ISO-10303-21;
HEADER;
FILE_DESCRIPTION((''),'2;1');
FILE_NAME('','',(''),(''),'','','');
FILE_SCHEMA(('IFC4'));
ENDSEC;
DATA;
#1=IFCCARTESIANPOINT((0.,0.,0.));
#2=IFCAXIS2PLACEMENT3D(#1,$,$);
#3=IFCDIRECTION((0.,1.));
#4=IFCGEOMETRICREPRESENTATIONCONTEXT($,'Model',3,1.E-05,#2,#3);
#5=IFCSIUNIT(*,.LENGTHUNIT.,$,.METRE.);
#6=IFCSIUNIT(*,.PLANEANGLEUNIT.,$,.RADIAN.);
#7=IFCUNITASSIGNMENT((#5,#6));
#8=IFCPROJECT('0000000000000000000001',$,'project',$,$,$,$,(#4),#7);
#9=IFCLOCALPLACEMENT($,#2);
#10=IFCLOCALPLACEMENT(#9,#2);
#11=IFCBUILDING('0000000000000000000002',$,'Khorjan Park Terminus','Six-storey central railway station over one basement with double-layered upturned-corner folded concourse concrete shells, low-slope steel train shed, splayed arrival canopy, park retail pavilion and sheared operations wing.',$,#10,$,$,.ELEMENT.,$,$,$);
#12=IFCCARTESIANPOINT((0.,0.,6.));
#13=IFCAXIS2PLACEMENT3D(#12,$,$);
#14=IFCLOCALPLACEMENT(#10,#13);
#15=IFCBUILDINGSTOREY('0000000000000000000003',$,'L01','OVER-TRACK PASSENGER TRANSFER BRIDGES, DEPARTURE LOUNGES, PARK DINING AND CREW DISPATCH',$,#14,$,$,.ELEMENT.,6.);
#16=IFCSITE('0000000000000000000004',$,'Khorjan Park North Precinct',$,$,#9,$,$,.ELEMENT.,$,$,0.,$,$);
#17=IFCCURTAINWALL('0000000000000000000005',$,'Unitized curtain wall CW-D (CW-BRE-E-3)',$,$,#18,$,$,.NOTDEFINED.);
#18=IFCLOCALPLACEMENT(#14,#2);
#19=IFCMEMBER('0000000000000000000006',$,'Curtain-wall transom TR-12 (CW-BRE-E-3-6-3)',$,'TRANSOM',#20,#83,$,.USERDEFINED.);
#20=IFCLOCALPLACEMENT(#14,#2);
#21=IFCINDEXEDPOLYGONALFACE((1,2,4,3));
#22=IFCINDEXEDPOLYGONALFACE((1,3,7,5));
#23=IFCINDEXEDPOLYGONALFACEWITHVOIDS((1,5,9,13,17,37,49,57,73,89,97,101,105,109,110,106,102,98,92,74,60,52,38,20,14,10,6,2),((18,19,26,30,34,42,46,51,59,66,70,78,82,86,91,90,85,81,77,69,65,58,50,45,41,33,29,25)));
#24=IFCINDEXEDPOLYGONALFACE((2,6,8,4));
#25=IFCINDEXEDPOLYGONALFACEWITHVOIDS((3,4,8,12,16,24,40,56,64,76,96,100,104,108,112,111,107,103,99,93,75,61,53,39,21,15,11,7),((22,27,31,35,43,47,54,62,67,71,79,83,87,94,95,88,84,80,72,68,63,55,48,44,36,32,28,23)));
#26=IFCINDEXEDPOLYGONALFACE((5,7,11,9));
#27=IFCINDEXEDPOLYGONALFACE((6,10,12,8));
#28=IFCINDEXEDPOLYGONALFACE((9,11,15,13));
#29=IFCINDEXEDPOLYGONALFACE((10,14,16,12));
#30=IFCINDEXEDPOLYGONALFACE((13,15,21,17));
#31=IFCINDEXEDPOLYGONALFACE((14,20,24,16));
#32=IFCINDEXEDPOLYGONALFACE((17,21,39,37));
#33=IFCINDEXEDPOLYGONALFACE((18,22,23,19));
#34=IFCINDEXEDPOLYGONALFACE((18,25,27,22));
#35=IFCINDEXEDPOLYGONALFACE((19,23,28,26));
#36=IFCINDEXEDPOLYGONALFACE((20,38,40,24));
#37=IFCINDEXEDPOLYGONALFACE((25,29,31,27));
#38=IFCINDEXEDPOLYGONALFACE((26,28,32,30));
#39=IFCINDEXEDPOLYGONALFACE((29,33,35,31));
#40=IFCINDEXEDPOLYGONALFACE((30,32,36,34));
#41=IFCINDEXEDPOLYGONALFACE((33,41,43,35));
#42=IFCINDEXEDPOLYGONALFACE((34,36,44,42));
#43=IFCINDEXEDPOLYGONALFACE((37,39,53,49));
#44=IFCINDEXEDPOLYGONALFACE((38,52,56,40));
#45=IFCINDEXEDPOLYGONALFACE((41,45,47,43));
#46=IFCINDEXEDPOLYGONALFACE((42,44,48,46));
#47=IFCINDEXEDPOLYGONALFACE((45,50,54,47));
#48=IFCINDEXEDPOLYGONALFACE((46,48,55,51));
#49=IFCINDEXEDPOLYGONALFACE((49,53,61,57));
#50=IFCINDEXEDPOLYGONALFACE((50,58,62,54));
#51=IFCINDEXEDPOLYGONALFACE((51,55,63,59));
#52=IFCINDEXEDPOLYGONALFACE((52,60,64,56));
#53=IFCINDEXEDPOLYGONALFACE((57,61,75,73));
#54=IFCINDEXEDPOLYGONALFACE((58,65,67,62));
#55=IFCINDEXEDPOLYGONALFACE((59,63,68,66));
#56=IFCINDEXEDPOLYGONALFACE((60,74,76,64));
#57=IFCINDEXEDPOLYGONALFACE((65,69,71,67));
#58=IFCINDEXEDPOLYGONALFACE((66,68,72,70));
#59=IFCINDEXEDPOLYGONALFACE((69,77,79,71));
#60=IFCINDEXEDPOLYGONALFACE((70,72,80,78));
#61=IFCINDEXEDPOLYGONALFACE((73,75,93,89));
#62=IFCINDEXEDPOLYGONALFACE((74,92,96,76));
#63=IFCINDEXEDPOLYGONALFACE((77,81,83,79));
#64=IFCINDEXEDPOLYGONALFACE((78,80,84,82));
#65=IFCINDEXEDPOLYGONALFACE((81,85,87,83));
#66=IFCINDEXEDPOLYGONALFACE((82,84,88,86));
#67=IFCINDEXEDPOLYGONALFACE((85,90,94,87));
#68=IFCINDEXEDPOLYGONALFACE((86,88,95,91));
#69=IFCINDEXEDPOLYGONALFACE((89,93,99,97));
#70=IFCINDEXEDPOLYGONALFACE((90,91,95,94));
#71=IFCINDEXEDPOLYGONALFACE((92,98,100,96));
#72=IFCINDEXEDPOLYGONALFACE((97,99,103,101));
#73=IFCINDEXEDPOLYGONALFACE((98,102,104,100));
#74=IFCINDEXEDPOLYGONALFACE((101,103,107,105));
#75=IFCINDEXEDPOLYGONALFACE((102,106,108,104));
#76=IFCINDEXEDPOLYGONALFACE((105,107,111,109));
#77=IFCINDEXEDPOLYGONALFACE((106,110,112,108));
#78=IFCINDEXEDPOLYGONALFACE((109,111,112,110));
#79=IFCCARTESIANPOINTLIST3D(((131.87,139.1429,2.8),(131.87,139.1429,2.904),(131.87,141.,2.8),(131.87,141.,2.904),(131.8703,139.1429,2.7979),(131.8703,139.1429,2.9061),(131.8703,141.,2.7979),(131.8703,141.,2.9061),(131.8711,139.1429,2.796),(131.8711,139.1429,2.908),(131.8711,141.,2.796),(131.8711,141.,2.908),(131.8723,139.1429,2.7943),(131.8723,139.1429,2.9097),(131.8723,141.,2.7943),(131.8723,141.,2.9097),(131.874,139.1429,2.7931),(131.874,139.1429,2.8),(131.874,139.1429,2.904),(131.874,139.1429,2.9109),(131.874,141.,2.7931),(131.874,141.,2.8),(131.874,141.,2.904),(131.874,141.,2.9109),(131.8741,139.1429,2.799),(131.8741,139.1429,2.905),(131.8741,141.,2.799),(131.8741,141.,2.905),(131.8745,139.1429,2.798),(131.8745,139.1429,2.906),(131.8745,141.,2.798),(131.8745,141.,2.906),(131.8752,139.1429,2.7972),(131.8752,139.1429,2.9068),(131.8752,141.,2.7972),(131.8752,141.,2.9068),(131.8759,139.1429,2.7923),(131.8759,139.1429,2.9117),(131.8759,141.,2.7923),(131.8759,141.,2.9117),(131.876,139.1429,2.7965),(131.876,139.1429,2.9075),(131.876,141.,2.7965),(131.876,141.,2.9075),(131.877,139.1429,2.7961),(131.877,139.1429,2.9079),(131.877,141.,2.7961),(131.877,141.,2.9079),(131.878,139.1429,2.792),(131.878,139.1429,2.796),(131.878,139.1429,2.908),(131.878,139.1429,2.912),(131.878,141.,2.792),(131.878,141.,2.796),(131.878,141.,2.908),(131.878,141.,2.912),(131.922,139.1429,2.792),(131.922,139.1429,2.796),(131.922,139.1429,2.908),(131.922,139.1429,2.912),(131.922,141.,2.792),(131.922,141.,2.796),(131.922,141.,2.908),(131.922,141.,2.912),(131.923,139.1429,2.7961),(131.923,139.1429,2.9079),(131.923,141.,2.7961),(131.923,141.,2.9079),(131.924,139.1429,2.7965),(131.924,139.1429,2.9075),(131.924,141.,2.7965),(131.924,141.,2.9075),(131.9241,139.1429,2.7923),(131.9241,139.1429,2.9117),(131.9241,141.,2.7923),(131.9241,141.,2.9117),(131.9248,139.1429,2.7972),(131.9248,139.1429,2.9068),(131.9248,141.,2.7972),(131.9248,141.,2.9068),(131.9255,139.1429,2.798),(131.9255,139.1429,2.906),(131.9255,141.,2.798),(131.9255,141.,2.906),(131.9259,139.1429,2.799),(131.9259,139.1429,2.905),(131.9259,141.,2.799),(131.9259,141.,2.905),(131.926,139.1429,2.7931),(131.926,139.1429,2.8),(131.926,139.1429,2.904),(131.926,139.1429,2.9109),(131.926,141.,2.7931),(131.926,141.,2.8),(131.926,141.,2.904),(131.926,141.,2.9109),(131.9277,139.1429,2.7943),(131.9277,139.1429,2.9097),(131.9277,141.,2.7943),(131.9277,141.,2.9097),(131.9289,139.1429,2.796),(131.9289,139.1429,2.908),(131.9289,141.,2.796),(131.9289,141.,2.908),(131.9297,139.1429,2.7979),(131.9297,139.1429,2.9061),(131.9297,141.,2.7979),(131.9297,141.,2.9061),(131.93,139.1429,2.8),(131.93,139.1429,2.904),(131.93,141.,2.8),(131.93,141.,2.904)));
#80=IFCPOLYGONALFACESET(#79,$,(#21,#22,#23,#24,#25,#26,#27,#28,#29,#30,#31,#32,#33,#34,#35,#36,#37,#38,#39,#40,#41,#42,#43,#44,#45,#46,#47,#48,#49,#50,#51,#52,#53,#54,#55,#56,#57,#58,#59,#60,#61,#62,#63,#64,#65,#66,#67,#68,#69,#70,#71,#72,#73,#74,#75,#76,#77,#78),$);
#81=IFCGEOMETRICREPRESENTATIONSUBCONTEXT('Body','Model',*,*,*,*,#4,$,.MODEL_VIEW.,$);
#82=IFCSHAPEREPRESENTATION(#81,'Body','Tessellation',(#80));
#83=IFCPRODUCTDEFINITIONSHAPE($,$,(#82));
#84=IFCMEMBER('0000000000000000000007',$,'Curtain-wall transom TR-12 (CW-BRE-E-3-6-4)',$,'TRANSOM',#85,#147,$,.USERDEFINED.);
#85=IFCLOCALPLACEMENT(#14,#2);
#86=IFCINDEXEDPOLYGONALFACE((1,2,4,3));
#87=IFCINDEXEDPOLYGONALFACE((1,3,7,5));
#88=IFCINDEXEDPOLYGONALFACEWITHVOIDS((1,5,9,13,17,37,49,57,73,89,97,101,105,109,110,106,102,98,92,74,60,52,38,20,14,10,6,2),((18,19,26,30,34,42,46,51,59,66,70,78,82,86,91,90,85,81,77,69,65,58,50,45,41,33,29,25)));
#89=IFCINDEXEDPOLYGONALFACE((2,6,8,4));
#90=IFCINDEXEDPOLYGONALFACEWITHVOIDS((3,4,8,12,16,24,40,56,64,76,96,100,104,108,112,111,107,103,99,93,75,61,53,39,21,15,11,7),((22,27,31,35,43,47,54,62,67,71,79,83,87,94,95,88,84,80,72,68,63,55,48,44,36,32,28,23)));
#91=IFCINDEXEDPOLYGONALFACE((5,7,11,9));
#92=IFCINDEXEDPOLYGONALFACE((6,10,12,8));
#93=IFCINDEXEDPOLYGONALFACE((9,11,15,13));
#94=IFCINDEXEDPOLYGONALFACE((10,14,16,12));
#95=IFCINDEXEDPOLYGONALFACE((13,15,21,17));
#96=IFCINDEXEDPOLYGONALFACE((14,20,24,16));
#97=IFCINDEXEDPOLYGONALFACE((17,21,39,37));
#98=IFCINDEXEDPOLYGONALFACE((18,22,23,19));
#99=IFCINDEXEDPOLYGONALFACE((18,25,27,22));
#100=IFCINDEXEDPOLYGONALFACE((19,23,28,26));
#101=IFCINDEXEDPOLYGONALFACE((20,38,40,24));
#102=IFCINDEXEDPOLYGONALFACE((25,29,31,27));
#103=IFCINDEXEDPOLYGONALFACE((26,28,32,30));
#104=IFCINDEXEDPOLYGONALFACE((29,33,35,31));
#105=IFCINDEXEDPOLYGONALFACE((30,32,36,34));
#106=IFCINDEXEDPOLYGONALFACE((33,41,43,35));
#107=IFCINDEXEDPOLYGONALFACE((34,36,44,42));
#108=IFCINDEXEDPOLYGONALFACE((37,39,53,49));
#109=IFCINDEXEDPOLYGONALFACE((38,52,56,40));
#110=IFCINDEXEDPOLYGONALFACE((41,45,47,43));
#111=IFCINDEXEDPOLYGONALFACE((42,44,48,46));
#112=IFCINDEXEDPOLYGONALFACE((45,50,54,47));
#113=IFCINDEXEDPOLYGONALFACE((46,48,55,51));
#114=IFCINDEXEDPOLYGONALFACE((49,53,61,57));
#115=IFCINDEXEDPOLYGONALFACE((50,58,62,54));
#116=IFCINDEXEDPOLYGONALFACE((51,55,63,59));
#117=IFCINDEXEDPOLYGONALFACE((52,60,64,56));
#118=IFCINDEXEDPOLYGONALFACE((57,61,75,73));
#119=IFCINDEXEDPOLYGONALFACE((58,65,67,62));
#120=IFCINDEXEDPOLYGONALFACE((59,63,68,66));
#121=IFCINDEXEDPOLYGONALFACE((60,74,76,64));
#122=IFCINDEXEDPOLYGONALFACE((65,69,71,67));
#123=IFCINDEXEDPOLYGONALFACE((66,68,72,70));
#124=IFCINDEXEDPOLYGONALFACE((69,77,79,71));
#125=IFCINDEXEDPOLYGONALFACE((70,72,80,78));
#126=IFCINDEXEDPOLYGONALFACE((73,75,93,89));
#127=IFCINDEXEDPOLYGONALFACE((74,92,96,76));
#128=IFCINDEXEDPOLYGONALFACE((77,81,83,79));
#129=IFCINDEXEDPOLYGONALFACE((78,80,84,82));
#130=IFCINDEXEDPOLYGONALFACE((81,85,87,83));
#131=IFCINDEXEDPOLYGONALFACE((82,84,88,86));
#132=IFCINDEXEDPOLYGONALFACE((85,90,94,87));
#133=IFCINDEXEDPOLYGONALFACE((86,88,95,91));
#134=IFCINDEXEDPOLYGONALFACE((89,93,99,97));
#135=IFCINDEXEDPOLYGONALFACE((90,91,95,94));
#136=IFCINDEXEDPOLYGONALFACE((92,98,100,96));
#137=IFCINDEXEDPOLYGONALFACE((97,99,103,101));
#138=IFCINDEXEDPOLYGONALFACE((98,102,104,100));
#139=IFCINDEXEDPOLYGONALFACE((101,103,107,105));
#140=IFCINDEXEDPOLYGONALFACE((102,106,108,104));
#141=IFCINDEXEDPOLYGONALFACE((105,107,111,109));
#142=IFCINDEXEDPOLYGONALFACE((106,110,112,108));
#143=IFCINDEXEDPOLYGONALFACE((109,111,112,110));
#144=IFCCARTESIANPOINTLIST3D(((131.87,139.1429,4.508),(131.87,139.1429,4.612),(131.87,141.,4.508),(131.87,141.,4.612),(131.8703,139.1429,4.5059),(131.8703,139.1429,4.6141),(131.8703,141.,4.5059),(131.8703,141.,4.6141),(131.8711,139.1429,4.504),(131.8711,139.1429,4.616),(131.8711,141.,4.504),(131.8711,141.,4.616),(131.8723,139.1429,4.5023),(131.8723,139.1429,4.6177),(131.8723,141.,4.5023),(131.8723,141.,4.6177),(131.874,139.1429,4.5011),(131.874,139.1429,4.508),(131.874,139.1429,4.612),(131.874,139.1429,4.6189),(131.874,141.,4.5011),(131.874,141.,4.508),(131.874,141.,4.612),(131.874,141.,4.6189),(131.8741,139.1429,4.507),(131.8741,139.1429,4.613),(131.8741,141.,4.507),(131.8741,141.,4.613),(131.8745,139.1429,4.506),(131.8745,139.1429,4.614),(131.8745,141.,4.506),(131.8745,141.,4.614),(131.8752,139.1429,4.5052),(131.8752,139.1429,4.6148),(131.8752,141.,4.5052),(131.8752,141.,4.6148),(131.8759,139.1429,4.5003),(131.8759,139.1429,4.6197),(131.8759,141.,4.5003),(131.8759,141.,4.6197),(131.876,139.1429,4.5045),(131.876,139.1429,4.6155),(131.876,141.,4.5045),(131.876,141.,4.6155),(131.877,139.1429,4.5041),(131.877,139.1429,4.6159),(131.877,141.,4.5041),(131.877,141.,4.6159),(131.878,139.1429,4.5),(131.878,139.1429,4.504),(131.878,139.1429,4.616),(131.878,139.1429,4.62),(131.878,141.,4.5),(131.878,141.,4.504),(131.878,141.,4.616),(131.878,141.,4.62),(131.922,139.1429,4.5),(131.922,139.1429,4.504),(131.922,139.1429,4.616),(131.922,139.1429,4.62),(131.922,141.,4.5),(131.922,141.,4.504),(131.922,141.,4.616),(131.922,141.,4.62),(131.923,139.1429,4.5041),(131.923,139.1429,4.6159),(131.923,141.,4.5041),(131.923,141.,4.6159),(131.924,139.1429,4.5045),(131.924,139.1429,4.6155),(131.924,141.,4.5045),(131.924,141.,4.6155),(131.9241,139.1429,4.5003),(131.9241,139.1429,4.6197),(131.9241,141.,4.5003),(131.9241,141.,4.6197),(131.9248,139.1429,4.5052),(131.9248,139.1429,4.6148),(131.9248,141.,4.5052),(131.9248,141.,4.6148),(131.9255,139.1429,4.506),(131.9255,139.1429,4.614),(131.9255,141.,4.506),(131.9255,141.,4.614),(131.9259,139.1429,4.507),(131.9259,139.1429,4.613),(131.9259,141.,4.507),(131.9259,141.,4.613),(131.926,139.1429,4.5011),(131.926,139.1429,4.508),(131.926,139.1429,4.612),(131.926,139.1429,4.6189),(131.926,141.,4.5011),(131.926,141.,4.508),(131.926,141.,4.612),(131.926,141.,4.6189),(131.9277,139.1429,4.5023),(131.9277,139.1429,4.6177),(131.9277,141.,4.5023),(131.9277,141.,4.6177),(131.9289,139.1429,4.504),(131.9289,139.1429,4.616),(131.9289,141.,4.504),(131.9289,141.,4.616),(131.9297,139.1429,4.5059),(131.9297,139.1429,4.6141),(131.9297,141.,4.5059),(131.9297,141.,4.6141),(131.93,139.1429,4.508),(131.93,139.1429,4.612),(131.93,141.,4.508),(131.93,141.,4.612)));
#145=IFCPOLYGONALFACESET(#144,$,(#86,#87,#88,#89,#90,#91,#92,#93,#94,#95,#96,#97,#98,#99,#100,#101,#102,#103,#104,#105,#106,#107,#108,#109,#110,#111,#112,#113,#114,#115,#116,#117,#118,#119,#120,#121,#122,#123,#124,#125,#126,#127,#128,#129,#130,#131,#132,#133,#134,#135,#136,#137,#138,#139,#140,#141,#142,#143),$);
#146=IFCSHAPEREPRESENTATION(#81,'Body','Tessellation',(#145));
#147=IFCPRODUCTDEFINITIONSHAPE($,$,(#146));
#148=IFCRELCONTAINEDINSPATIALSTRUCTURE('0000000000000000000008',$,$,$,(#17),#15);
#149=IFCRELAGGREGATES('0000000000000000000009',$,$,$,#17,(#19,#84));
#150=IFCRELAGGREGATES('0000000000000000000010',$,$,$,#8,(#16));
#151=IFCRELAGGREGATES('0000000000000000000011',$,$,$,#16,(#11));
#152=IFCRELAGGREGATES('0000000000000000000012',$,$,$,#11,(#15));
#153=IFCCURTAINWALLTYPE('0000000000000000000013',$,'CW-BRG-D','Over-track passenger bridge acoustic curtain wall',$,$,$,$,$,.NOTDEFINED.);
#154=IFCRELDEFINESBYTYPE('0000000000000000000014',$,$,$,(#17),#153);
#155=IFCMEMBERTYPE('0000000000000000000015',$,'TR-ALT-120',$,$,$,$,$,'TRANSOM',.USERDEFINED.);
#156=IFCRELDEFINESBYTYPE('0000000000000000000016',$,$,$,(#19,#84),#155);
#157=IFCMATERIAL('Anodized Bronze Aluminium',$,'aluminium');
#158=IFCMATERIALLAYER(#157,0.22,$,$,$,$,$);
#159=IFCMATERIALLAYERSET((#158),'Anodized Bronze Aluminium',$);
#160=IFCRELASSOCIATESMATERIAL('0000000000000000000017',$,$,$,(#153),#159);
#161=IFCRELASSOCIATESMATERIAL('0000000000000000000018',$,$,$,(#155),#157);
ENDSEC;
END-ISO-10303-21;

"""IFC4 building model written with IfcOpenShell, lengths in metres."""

from ifc_helpers import new_model, si_unit, direction, frame, origin, origin_2d, place, context, subcontext, project, spatial, hollow_rectangle, extrude, material, layer, layer_set, material_profile, profile_set, type_object, element, aggregate, save


model = new_model("IFC4")

# Units and contexts
model_context = context("Model", 3, precision=1e-05, world=origin(), true_north=direction((0.0, 1.0)))
body_context = subcontext(model_context, "Body", "Model", "MODEL_VIEW")
ifc_project = project(units=[si_unit("LENGTHUNIT", "METRE"), si_unit("PLANEANGLEUNIT", "RADIAN")], contexts=[model_context])

# Site, building, storey
site_placement = place(None, origin())
site = spatial("IfcSite", under=ifc_project, at=site_placement, Name="Khorjan Park North Precinct", CompositionType="ELEMENT", RefElevation=0.0)
building_placement = place(site_placement, origin())
building = spatial("IfcBuilding", under=site, at=building_placement, Name="Khorjan Park Terminus", Description="Six-storey central railway station over one basement with double-layered upturned-corner folded concourse concrete shells, low-slope steel train shed, splayed arrival canopy, park retail pavilion and sheared operations wing.", CompositionType="ELEMENT")
storey_placement = place(building_placement, frame((0.0, 0.0, 6.0)))
storey = spatial("IfcBuildingStorey", under=building, at=storey_placement, Name="L01", Description="OVER-TRACK PASSENGER TRANSFER BRIDGES, DEPARTURE LOUNGES, PARK DINING AND CREW DISPATCH", CompositionType="ELEMENT", Elevation=6.0)

# Curtain wall
ifc_material_1 = material(Name="Anodized Bronze Aluminium", Category="aluminium")
ifc_layer_1 = layer(ifc_material_1, 0.22)
ifc_layer_set_1 = layer_set([ifc_layer_1], Name="Anodized Bronze Aluminium")
curtain_wall_type = type_object("IfcCurtainWallType", Name="CW-BRG-D", Description="Over-track passenger bridge acoustic curtain wall", PredefinedType="NOTDEFINED", material=ifc_layer_set_1)
curtain_wall_1_placement = place(storey_placement, origin())
curtain_wall_1 = element("IfcCurtainWall", 1, at=curtain_wall_1_placement, inside=storey, type_object=curtain_wall_type, Name="Unitized curtain wall CW-D (CW-BRE-E-3)", PredefinedType="NOTDEFINED")

# Members
ifc_material_profile_1 = material_profile(ifc_material_1, hollow_rectangle(XDim=0.06, YDim=0.12, WallThickness=0.004, InnerFilletRadius=0.004, OuterFilletRadius=0.008, at=origin_2d()), Name="ALT 60x120x4")
ifc_profile_set_1 = profile_set([ifc_material_profile_1], Name="Anodized Bronze Aluminium")
member_type_1 = type_object("IfcMemberType", Name="TR-ALT-120", ElementType="TRANSOM", PredefinedType="USERDEFINED", material=ifc_profile_set_1)
member_1_placement = place(storey_placement, frame((131.9, 139.1429, 2.852), z_axis=(0.0, 1.0, 0.0), x_axis=(-1.0, 0.0, 0.0)))
member_1 = element("IfcMember", 2, at=member_1_placement, type_object=member_type_1, Name="Curtain-wall transom TR-12 (CW-BRE-E-3-6-3)", ObjectType="TRANSOM", PredefinedType="USERDEFINED", context=body_context, shape_type="SweptSolid", body=[
    extrude(hollow_rectangle(XDim=0.06, YDim=0.12, WallThickness=0.004, InnerFilletRadius=0.004, OuterFilletRadius=0.008, at=origin_2d()), origin(), (0.0, 0.0, 1.0), 1.8571),
])
member_2_placement = place(storey_placement, frame((131.9, 139.1429, 4.56), z_axis=(0.0, 1.0, 0.0), x_axis=(-1.0, 0.0, 0.0)))
member_2 = element("IfcMember", 3, at=member_2_placement, type_object=member_type_1, Name="Curtain-wall transom TR-12 (CW-BRE-E-3-6-4)", ObjectType="TRANSOM", PredefinedType="USERDEFINED", context=body_context, shape_type="SweptSolid", body=[
    extrude(hollow_rectangle(XDim=0.06, YDim=0.12, WallThickness=0.004, InnerFilletRadius=0.004, OuterFilletRadius=0.008, at=origin_2d()), origin(), (0.0, 0.0, 1.0), 1.8571),
])

aggregate(curtain_wall_1, [member_1, member_2])

save(model, "model.ifc")
